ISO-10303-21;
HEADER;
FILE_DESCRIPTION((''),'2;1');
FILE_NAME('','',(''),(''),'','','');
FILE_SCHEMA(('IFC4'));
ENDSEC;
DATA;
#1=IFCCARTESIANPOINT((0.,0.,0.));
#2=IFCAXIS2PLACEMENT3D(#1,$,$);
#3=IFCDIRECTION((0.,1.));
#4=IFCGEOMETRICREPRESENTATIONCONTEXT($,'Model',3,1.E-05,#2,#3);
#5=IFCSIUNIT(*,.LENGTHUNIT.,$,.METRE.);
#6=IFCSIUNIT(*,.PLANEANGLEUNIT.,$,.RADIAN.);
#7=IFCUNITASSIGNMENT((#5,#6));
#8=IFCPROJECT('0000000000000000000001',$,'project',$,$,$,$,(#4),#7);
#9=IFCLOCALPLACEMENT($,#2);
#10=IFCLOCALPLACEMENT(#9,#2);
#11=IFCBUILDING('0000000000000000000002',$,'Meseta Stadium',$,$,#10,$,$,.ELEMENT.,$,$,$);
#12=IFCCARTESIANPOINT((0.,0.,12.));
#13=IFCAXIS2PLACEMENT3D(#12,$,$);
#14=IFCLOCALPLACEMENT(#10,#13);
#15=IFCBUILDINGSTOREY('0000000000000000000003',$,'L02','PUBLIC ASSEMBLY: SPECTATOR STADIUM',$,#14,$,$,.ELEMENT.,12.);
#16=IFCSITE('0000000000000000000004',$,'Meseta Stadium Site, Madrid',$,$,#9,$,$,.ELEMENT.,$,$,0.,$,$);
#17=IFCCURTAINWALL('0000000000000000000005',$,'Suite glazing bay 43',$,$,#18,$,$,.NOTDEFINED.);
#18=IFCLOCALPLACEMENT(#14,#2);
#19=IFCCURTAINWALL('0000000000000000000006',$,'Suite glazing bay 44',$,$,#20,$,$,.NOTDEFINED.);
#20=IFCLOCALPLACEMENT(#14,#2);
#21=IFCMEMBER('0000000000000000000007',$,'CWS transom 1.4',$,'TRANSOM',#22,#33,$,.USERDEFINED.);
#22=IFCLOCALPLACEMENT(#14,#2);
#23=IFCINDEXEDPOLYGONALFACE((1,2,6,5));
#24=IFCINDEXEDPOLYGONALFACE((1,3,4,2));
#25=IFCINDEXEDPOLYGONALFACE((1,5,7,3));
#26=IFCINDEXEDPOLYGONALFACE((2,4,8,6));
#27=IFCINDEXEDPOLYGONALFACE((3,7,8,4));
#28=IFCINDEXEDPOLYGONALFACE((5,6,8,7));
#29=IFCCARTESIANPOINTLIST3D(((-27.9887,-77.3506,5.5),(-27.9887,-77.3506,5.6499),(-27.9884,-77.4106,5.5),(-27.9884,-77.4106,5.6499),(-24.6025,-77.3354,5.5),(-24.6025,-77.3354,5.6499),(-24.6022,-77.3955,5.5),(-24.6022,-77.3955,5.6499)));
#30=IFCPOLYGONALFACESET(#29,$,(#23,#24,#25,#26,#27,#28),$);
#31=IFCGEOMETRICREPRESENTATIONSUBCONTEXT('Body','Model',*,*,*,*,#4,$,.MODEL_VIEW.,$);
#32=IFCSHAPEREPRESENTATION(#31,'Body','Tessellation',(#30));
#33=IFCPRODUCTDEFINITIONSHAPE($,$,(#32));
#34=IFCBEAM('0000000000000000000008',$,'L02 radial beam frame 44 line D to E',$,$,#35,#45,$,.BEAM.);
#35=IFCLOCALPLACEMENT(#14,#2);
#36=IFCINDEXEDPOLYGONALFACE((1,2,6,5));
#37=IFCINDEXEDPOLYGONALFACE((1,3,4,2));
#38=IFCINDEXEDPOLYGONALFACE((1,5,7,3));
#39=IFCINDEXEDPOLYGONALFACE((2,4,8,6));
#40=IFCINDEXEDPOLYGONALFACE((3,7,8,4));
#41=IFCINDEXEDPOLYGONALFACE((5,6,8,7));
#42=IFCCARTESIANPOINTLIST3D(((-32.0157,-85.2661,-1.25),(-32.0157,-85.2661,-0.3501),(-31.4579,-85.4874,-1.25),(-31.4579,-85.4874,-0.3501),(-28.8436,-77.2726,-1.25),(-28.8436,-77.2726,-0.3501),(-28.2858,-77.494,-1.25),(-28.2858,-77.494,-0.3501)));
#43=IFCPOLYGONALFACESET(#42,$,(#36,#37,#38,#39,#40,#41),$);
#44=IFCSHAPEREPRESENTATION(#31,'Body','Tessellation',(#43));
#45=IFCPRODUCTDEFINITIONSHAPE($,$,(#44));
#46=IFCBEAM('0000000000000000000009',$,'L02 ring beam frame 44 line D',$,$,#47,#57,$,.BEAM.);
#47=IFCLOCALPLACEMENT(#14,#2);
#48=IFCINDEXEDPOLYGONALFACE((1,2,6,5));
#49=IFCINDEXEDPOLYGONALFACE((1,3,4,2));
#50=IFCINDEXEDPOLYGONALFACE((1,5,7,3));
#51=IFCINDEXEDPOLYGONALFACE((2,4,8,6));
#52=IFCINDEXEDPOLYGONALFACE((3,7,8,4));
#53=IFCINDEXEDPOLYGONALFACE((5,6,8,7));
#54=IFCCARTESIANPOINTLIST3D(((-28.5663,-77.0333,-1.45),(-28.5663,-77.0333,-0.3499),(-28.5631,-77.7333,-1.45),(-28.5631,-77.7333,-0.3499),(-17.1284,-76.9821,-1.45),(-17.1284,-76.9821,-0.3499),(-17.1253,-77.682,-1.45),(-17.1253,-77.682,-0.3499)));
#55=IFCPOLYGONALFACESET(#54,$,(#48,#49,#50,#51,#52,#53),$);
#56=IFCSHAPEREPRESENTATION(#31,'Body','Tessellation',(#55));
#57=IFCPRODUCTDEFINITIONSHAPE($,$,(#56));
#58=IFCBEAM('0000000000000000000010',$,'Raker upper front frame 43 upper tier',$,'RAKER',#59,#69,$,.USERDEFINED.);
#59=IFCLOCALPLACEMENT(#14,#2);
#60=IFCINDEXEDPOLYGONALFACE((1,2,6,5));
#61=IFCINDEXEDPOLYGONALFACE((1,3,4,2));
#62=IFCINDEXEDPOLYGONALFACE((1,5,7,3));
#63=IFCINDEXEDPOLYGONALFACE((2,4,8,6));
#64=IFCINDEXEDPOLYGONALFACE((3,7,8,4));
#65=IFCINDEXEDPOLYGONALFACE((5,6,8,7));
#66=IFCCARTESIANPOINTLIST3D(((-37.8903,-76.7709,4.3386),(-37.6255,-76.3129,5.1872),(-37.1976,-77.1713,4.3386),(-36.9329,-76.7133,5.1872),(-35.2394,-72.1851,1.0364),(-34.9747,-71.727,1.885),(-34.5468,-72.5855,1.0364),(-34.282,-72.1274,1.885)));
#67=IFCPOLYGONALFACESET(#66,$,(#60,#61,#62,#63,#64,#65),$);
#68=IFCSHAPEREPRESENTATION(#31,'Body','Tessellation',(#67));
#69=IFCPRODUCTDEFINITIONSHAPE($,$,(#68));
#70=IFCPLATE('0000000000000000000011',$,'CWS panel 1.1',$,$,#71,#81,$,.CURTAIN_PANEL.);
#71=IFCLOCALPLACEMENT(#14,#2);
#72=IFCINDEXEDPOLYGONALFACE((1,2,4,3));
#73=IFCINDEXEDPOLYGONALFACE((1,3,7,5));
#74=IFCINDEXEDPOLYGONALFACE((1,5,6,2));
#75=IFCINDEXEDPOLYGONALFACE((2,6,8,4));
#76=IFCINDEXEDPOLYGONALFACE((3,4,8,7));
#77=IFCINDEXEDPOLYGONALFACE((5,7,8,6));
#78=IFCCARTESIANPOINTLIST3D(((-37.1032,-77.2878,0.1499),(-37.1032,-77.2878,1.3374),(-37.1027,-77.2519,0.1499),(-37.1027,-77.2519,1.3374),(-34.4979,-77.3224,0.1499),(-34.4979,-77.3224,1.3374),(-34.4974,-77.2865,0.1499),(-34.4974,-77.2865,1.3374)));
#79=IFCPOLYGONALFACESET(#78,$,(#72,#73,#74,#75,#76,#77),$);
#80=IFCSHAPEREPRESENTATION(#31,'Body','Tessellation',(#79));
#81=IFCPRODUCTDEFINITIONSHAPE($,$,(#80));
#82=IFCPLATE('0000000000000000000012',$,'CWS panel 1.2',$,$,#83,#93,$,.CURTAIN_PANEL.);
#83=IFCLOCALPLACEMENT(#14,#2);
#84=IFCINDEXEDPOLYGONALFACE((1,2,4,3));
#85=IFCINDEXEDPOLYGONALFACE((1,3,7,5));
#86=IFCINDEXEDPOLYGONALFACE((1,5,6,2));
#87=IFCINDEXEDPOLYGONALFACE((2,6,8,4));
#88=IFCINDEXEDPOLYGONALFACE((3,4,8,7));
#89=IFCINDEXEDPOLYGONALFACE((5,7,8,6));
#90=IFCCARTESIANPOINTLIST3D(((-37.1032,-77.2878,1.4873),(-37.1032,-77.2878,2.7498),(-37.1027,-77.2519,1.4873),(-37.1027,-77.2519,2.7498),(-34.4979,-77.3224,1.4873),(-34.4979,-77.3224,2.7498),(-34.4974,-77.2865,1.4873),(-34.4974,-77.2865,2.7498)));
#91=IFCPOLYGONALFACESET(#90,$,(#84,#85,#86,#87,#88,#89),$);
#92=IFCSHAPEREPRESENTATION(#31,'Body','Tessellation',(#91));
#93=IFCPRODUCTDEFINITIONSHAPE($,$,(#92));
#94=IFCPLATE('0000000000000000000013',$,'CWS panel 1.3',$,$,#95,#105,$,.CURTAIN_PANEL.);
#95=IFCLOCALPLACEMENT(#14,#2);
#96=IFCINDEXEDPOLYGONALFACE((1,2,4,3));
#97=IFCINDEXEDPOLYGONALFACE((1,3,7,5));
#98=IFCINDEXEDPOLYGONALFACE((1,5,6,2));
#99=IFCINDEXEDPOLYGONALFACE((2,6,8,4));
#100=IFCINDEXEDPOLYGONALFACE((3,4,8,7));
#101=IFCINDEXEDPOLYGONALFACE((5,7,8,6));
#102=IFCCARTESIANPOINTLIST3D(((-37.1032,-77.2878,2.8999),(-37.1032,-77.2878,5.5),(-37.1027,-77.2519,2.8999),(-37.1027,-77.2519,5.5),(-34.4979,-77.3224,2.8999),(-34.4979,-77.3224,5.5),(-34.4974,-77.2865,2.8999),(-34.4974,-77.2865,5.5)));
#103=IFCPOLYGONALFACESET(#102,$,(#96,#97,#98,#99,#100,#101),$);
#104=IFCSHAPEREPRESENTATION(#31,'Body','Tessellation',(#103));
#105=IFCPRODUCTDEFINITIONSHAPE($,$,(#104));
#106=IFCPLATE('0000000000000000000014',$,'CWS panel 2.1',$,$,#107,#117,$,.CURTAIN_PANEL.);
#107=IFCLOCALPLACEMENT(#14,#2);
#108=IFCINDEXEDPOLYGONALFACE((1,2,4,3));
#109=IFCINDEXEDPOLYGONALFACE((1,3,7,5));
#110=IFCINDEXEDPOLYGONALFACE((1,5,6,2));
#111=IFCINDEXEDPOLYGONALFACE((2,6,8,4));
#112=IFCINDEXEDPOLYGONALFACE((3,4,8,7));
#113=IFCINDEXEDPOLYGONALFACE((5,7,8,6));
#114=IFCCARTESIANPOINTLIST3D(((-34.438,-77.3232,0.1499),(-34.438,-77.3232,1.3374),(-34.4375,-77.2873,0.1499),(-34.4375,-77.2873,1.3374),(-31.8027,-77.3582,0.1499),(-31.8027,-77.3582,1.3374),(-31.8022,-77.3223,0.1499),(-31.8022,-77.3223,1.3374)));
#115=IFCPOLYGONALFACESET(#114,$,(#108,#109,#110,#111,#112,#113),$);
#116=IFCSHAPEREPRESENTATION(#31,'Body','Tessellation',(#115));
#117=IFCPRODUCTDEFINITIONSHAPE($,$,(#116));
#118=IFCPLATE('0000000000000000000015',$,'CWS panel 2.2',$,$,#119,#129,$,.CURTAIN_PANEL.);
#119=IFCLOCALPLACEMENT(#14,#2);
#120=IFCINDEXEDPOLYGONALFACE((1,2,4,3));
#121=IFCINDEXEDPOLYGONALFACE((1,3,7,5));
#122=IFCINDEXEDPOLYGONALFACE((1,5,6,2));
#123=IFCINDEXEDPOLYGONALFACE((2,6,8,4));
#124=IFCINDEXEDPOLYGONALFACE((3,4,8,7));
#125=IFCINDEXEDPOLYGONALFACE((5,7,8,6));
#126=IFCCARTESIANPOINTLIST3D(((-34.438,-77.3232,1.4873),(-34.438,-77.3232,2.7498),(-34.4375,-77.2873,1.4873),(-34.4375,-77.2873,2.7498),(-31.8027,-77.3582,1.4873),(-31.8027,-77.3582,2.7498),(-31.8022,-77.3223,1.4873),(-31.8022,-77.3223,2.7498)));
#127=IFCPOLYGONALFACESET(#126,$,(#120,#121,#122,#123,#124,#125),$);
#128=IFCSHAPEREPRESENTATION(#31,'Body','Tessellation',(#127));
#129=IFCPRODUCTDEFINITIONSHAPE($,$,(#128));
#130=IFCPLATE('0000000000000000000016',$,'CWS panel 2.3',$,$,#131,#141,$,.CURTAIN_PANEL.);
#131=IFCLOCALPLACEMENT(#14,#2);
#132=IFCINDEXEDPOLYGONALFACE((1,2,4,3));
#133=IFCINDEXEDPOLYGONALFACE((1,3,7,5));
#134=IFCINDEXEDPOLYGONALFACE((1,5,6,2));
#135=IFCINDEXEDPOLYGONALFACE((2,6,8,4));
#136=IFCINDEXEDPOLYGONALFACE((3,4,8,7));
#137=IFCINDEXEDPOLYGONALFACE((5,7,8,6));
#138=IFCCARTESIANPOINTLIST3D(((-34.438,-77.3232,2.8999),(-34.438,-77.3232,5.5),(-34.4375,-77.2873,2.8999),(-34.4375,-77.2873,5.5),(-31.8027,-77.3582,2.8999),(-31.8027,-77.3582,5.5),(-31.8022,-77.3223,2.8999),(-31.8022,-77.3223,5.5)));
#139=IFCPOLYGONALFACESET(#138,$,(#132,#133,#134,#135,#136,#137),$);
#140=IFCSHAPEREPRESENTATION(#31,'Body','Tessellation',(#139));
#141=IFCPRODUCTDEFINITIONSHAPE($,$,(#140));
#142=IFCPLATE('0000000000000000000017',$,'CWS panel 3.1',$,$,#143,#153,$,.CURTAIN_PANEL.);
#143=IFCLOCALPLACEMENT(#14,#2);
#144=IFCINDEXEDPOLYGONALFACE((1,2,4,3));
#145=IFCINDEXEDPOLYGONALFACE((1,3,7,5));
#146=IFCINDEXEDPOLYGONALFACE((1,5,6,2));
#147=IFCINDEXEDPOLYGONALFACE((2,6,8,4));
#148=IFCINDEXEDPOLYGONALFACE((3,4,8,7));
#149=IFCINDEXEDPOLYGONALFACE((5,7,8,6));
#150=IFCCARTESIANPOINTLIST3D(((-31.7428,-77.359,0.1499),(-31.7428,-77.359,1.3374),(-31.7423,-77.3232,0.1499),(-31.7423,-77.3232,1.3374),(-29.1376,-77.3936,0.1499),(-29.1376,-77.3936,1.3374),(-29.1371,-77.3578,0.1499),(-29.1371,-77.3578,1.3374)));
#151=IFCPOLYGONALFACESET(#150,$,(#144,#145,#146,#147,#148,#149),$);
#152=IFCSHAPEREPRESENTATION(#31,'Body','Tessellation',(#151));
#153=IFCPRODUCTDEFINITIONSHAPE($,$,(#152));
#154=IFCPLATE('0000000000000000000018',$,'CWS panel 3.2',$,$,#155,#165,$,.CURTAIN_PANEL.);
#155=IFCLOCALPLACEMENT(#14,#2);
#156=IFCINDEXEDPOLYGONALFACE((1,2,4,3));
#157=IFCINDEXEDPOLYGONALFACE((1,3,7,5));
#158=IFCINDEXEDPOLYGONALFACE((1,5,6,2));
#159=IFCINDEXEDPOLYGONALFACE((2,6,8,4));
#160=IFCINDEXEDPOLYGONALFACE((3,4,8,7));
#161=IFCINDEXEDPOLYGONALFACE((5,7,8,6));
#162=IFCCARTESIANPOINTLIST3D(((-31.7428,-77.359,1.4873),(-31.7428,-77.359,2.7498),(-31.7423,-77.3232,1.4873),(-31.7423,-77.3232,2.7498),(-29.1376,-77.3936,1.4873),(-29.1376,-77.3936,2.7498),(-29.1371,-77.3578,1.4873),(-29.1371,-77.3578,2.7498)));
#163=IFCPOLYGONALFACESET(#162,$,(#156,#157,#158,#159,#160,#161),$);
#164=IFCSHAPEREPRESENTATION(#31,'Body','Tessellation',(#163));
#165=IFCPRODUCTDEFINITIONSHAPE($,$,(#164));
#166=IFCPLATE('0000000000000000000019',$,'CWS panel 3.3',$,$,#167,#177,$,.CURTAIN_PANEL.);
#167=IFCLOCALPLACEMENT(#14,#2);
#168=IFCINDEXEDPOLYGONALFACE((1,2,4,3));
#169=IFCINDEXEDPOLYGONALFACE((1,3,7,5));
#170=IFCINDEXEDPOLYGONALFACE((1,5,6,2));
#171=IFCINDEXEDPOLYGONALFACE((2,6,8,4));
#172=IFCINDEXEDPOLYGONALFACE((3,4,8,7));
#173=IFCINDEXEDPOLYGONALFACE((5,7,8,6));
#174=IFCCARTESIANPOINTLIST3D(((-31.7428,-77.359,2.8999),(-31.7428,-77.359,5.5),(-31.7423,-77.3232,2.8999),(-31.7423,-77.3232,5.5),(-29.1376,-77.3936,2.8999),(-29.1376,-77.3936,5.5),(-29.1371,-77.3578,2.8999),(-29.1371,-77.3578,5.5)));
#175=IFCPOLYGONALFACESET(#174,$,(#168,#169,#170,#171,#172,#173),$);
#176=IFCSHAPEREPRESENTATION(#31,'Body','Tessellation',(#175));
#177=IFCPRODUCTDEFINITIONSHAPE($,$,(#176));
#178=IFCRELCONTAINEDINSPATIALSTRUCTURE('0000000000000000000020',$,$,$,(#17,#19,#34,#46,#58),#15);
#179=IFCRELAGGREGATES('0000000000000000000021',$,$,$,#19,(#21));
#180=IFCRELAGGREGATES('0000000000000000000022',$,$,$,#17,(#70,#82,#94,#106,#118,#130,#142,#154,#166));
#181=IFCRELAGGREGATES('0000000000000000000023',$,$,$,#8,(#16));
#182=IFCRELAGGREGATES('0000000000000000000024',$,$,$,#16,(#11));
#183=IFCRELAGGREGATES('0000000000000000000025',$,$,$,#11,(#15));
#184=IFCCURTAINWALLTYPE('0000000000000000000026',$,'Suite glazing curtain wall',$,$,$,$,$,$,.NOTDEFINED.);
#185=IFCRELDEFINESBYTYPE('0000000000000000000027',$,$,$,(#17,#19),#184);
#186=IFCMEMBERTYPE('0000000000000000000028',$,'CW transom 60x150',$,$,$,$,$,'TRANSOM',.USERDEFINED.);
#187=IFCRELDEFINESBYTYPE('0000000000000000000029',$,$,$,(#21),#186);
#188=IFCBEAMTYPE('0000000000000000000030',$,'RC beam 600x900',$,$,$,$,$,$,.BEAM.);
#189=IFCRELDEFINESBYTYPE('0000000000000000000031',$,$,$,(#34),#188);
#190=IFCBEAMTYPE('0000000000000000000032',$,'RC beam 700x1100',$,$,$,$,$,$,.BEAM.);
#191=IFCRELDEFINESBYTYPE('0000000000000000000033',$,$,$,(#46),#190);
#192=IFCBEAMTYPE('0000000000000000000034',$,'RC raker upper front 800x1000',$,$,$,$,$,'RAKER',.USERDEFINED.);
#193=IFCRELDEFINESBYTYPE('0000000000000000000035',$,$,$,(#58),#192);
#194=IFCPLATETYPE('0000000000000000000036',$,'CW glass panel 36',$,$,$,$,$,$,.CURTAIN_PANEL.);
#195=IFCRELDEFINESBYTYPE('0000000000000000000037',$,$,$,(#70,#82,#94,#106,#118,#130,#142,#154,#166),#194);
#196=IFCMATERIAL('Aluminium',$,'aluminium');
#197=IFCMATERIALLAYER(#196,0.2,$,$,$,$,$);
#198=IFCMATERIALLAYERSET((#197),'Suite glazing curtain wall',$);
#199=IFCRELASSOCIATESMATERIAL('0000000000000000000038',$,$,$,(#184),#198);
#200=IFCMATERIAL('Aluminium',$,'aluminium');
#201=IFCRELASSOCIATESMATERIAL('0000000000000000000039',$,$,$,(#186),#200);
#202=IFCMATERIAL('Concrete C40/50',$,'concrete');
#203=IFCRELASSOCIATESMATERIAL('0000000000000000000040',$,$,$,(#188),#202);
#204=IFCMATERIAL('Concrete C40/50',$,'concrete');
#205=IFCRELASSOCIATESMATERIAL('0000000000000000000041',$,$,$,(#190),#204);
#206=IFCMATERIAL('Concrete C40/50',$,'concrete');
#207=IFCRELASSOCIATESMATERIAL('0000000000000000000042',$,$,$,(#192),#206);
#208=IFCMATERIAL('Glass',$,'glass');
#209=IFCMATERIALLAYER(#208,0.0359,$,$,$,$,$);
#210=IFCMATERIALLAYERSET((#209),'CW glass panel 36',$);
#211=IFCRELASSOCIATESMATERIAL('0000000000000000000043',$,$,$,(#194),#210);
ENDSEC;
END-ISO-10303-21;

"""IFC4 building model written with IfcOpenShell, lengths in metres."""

from ifc_helpers import new_model, si_unit, direction, frame, origin, origin_2d, place, context, subcontext, project, spatial, rectangle, extrude, material, layer, layer_set, material_profile, profile_set, type_object, element, aggregate, save


model = new_model("IFC4")

# Units and contexts
model_context = context("Model", 3, precision=1e-05, world=origin(), true_north=direction((0.0, 1.0)))
body_context = subcontext(model_context, "Body", "Model", "MODEL_VIEW")
ifc_project = project(units=[si_unit("LENGTHUNIT", "METRE"), si_unit("PLANEANGLEUNIT", "RADIAN")], contexts=[model_context])

# Site, building, storey
site_placement = place(None, origin())
site = spatial("IfcSite", under=ifc_project, at=site_placement, Name="Meseta Stadium Site, Madrid", CompositionType="ELEMENT", RefElevation=0.0)
building_placement = place(site_placement, origin())
building = spatial("IfcBuilding", under=site, at=building_placement, Name="Meseta Stadium", CompositionType="ELEMENT")
storey_placement = place(building_placement, frame((0.0, 0.0, 12.0)))
storey = spatial("IfcBuildingStorey", under=building, at=storey_placement, Name="L02", Description="PUBLIC ASSEMBLY: SPECTATOR STADIUM", CompositionType="ELEMENT", Elevation=12.0)

# Curtain wall
ifc_material_1 = material(Name="Aluminium", Category="aluminium")
ifc_layer_1 = layer(ifc_material_1, 0.2)
ifc_layer_set_1 = layer_set([ifc_layer_1], Name="Suite glazing curtain wall")
curtain_wall_type = type_object("IfcCurtainWallType", Name="Suite glazing curtain wall", PredefinedType="NOTDEFINED", material=ifc_layer_set_1)
curtain_wall_1_placement = place(storey_placement, origin())
curtain_wall_1 = element("IfcCurtainWall", 1, at=curtain_wall_1_placement, inside=storey, type_object=curtain_wall_type, Name="Suite glazing bay 43", PredefinedType="NOTDEFINED")

# Curtain wall
curtain_wall_2_placement = place(storey_placement, origin())
curtain_wall_2 = element("IfcCurtainWall", 2, at=curtain_wall_2_placement, inside=storey, type_object=curtain_wall_type, Name="Suite glazing bay 44", PredefinedType="NOTDEFINED")

# Member
ifc_material_2 = material(Name="Aluminium", Category="aluminium")
ifc_material_profile_1 = material_profile(ifc_material_2, rectangle(XDim=0.0601, YDim=0.1499, at=origin_2d()), Name="CW 60x150")
ifc_profile_set_1 = profile_set([ifc_material_profile_1], Name="Aluminium")
member_type_1 = type_object("IfcMemberType", Name="CW transom 60x150", ElementType="TRANSOM", PredefinedType="USERDEFINED", material=ifc_profile_set_1)
member_1_placement = place(storey_placement, frame((-27.9885, -77.3806, 5.575), z_axis=(0.99999, 0.00447, 0.0), x_axis=(-0.00447, 0.99999, 0.0)))
member_1 = element("IfcMember", 3, at=member_1_placement, type_object=member_type_1, Name="CWS transom 1.4", ObjectType="TRANSOM", PredefinedType="USERDEFINED", context=body_context, shape_type="SweptSolid", body=[
    extrude(rectangle(XDim=0.0601, YDim=0.1499, at=origin_2d()), origin(), (0.0, 0.0, 1.0), 3.3862),
])
aggregate(curtain_wall_2, [member_1])

# Beams
ifc_material_3 = material(Name="Concrete C40/50", Category="concrete")
ifc_material_profile_2 = material_profile(ifc_material_3, rectangle(XDim=0.6001, YDim=0.8999, at=origin_2d()), Name="RC 600x900")
ifc_profile_set_2 = profile_set([ifc_material_profile_2], Name="Concrete C40/50")
beam_type_1 = type_object("IfcBeamType", Name="RC beam 600x900", PredefinedType="BEAM", material=ifc_profile_set_2)
beam_1_placement = place(storey_placement, frame((-28.5647, -77.3833, -0.8), z_axis=(-0.368859, -0.929485, 0.0), x_axis=(0.929485, -0.368859, 0.0)))
element("IfcBeam", 4, at=beam_1_placement, inside=storey, type_object=beam_type_1, Name="L02 radial beam frame 44 line D to E", PredefinedType="BEAM", context=body_context, shape_type="SweptSolid", body=[
    extrude(rectangle(XDim=0.6001, YDim=0.8999, at=origin_2d()), origin(), (0.0, 0.0, 1.0), 8.5999),
])
ifc_material_4 = material(Name="Concrete C40/50", Category="concrete")
ifc_material_profile_3 = material_profile(ifc_material_4, rectangle(XDim=0.7, YDim=1.1001, at=origin_2d()), Name="RC 700x1100")
ifc_profile_set_3 = profile_set([ifc_material_profile_3], Name="Concrete C40/50")
beam_type_2 = type_object("IfcBeamType", Name="RC beam 700x1100", PredefinedType="BEAM", material=ifc_profile_set_3)
beam_2_placement = place(storey_placement, frame((-28.5647, -77.3833, -0.8999), z_axis=(0.99999, 0.004482, 0.0), x_axis=(-0.004482, 0.99999, 0.0)))
element("IfcBeam", 5, at=beam_2_placement, inside=storey, type_object=beam_type_2, Name="L02 ring beam frame 44 line D", PredefinedType="BEAM", context=body_context, shape_type="SweptSolid", body=[
    extrude(rectangle(XDim=0.7, YDim=1.1001, at=origin_2d()), origin(), (0.0, 0.0, 1.0), 11.438),
])
ifc_material_5 = material(Name="Concrete C40/50", Category="concrete")
ifc_material_profile_4 = material_profile(ifc_material_5, rectangle(XDim=0.8, YDim=1.0, at=origin_2d()), Name="RC 800x1000")
ifc_profile_set_4 = profile_set([ifc_material_profile_4], Name="Concrete C40/50")
beam_type_3 = type_object("IfcBeamType", Name="RC raker upper front 800x1000", ElementType="RAKER", PredefinedType="USERDEFINED", material=ifc_profile_set_4)
beam_3_placement = place(storey_placement, frame((-34.7607, -72.1562, 1.4607), z_axis=(-0.424683, -0.734688, 0.529035), x_axis=(0.865765, -0.500451, 0.0)))
element("IfcBeam", 6, at=beam_3_placement, inside=storey, type_object=beam_type_3, Name="Raker upper front frame 43 upper tier", ObjectType="RAKER", PredefinedType="USERDEFINED", context=body_context, shape_type="SweptSolid", body=[
    extrude(rectangle(XDim=0.8, YDim=1.0, at=origin_2d()), origin(), (0.0, 0.0, 1.0), 6.2419),
])

# Plates
ifc_material_6 = material(Name="Glass", Category="glass")
ifc_layer_2 = layer(ifc_material_6, 0.0359)
ifc_layer_set_2 = layer_set([ifc_layer_2], Name="CW glass panel 36")
plate_type = type_object("IfcPlateType", Name="CW glass panel 36", PredefinedType="CURTAIN_PANEL", material=ifc_layer_set_2)
plate_1_placement = place(storey_placement, frame((-35.8003, -77.2871, 0.1499), z_axis=(0.0, 0.0, 1.0), x_axis=(0.999912, -0.013281, 0.0)))
plate_1 = element("IfcPlate", 7, at=plate_1_placement, type_object=plate_type, Name="CWS panel 1.1", PredefinedType="CURTAIN_PANEL", context=body_context, shape_type="SweptSolid", body=[
    extrude(rectangle(XDim=2.6055, YDim=0.0359, at=origin_2d()), origin(), (0.0, 0.0, 1.0), 1.1875),
])
plate_2_placement = place(storey_placement, frame((-35.8003, -77.2871, 1.4873), z_axis=(0.0, 0.0, 1.0), x_axis=(0.999912, -0.013281, 0.0)))
plate_2 = element("IfcPlate", 8, at=plate_2_placement, type_object=plate_type, Name="CWS panel 1.2", PredefinedType="CURTAIN_PANEL", context=body_context, shape_type="SweptSolid", body=[
    extrude(rectangle(XDim=2.6055, YDim=0.0359, at=origin_2d()), origin(), (0.0, 0.0, 1.0), 1.2625),
])
plate_3_placement = place(storey_placement, frame((-35.8003, -77.2871, 2.8999), z_axis=(0.0, 0.0, 1.0), x_axis=(0.999912, -0.013281, 0.0)))
plate_3 = element("IfcPlate", 9, at=plate_3_placement, type_object=plate_type, Name="CWS panel 1.3", PredefinedType="CURTAIN_PANEL", context=body_context, shape_type="SweptSolid", body=[
    extrude(rectangle(XDim=2.6055, YDim=0.0359, at=origin_2d()), origin(), (0.0, 0.0, 1.0), 2.6001),
])
plate_4_placement = place(storey_placement, frame((-33.1201, -77.3228, 0.1499), z_axis=(0.0, 0.0, 1.0), x_axis=(0.999912, -0.013281, 0.0)))
plate_4 = element("IfcPlate", 10, at=plate_4_placement, type_object=plate_type, Name="CWS panel 2.1", PredefinedType="CURTAIN_PANEL", context=body_context, shape_type="SweptSolid", body=[
    extrude(rectangle(XDim=2.6355, YDim=0.0359, at=origin_2d()), origin(), (0.0, 0.0, 1.0), 1.1875),
])
plate_5_placement = place(storey_placement, frame((-33.1201, -77.3228, 1.4873), z_axis=(0.0, 0.0, 1.0), x_axis=(0.999912, -0.013281, 0.0)))
plate_5 = element("IfcPlate", 11, at=plate_5_placement, type_object=plate_type, Name="CWS panel 2.2", PredefinedType="CURTAIN_PANEL", context=body_context, shape_type="SweptSolid", body=[
    extrude(rectangle(XDim=2.6355, YDim=0.0359, at=origin_2d()), origin(), (0.0, 0.0, 1.0), 1.2625),
])
plate_6_placement = place(storey_placement, frame((-33.1201, -77.3228, 2.8999), z_axis=(0.0, 0.0, 1.0), x_axis=(0.999912, -0.013281, 0.0)))
plate_6 = element("IfcPlate", 12, at=plate_6_placement, type_object=plate_type, Name="CWS panel 2.3", PredefinedType="CURTAIN_PANEL", context=body_context, shape_type="SweptSolid", body=[
    extrude(rectangle(XDim=2.6355, YDim=0.0359, at=origin_2d()), origin(), (0.0, 0.0, 1.0), 2.6001),
])
plate_7_placement = place(storey_placement, frame((-30.4399, -77.3584, 0.1499), z_axis=(0.0, 0.0, 1.0), x_axis=(0.999912, -0.013281, 0.0)))
plate_7 = element("IfcPlate", 13, at=plate_7_placement, type_object=plate_type, Name="CWS panel 3.1", PredefinedType="CURTAIN_PANEL", context=body_context, shape_type="SweptSolid", body=[
    extrude(rectangle(XDim=2.6055, YDim=0.0359, at=origin_2d()), origin(), (0.0, 0.0, 1.0), 1.1875),
])
plate_8_placement = place(storey_placement, frame((-30.4399, -77.3584, 1.4873), z_axis=(0.0, 0.0, 1.0), x_axis=(0.999912, -0.013281, 0.0)))
plate_8 = element("IfcPlate", 14, at=plate_8_placement, type_object=plate_type, Name="CWS panel 3.2", PredefinedType="CURTAIN_PANEL", context=body_context, shape_type="SweptSolid", body=[
    extrude(rectangle(XDim=2.6055, YDim=0.0359, at=origin_2d()), origin(), (0.0, 0.0, 1.0), 1.2625),
])
plate_9_placement = place(storey_placement, frame((-30.4399, -77.3584, 2.8999), z_axis=(0.0, 0.0, 1.0), x_axis=(0.999912, -0.013281, 0.0)))
plate_9 = element("IfcPlate", 15, at=plate_9_placement, type_object=plate_type, Name="CWS panel 3.3", PredefinedType="CURTAIN_PANEL", context=body_context, shape_type="SweptSolid", body=[
    extrude(rectangle(XDim=2.6055, YDim=0.0359, at=origin_2d()), origin(), (0.0, 0.0, 1.0), 2.6001),
])
aggregate(curtain_wall_1, [plate_1, plate_2, plate_3, plate_4, plate_5, plate_6, plate_7, plate_8, plate_9])

save(model, "model.ifc")
